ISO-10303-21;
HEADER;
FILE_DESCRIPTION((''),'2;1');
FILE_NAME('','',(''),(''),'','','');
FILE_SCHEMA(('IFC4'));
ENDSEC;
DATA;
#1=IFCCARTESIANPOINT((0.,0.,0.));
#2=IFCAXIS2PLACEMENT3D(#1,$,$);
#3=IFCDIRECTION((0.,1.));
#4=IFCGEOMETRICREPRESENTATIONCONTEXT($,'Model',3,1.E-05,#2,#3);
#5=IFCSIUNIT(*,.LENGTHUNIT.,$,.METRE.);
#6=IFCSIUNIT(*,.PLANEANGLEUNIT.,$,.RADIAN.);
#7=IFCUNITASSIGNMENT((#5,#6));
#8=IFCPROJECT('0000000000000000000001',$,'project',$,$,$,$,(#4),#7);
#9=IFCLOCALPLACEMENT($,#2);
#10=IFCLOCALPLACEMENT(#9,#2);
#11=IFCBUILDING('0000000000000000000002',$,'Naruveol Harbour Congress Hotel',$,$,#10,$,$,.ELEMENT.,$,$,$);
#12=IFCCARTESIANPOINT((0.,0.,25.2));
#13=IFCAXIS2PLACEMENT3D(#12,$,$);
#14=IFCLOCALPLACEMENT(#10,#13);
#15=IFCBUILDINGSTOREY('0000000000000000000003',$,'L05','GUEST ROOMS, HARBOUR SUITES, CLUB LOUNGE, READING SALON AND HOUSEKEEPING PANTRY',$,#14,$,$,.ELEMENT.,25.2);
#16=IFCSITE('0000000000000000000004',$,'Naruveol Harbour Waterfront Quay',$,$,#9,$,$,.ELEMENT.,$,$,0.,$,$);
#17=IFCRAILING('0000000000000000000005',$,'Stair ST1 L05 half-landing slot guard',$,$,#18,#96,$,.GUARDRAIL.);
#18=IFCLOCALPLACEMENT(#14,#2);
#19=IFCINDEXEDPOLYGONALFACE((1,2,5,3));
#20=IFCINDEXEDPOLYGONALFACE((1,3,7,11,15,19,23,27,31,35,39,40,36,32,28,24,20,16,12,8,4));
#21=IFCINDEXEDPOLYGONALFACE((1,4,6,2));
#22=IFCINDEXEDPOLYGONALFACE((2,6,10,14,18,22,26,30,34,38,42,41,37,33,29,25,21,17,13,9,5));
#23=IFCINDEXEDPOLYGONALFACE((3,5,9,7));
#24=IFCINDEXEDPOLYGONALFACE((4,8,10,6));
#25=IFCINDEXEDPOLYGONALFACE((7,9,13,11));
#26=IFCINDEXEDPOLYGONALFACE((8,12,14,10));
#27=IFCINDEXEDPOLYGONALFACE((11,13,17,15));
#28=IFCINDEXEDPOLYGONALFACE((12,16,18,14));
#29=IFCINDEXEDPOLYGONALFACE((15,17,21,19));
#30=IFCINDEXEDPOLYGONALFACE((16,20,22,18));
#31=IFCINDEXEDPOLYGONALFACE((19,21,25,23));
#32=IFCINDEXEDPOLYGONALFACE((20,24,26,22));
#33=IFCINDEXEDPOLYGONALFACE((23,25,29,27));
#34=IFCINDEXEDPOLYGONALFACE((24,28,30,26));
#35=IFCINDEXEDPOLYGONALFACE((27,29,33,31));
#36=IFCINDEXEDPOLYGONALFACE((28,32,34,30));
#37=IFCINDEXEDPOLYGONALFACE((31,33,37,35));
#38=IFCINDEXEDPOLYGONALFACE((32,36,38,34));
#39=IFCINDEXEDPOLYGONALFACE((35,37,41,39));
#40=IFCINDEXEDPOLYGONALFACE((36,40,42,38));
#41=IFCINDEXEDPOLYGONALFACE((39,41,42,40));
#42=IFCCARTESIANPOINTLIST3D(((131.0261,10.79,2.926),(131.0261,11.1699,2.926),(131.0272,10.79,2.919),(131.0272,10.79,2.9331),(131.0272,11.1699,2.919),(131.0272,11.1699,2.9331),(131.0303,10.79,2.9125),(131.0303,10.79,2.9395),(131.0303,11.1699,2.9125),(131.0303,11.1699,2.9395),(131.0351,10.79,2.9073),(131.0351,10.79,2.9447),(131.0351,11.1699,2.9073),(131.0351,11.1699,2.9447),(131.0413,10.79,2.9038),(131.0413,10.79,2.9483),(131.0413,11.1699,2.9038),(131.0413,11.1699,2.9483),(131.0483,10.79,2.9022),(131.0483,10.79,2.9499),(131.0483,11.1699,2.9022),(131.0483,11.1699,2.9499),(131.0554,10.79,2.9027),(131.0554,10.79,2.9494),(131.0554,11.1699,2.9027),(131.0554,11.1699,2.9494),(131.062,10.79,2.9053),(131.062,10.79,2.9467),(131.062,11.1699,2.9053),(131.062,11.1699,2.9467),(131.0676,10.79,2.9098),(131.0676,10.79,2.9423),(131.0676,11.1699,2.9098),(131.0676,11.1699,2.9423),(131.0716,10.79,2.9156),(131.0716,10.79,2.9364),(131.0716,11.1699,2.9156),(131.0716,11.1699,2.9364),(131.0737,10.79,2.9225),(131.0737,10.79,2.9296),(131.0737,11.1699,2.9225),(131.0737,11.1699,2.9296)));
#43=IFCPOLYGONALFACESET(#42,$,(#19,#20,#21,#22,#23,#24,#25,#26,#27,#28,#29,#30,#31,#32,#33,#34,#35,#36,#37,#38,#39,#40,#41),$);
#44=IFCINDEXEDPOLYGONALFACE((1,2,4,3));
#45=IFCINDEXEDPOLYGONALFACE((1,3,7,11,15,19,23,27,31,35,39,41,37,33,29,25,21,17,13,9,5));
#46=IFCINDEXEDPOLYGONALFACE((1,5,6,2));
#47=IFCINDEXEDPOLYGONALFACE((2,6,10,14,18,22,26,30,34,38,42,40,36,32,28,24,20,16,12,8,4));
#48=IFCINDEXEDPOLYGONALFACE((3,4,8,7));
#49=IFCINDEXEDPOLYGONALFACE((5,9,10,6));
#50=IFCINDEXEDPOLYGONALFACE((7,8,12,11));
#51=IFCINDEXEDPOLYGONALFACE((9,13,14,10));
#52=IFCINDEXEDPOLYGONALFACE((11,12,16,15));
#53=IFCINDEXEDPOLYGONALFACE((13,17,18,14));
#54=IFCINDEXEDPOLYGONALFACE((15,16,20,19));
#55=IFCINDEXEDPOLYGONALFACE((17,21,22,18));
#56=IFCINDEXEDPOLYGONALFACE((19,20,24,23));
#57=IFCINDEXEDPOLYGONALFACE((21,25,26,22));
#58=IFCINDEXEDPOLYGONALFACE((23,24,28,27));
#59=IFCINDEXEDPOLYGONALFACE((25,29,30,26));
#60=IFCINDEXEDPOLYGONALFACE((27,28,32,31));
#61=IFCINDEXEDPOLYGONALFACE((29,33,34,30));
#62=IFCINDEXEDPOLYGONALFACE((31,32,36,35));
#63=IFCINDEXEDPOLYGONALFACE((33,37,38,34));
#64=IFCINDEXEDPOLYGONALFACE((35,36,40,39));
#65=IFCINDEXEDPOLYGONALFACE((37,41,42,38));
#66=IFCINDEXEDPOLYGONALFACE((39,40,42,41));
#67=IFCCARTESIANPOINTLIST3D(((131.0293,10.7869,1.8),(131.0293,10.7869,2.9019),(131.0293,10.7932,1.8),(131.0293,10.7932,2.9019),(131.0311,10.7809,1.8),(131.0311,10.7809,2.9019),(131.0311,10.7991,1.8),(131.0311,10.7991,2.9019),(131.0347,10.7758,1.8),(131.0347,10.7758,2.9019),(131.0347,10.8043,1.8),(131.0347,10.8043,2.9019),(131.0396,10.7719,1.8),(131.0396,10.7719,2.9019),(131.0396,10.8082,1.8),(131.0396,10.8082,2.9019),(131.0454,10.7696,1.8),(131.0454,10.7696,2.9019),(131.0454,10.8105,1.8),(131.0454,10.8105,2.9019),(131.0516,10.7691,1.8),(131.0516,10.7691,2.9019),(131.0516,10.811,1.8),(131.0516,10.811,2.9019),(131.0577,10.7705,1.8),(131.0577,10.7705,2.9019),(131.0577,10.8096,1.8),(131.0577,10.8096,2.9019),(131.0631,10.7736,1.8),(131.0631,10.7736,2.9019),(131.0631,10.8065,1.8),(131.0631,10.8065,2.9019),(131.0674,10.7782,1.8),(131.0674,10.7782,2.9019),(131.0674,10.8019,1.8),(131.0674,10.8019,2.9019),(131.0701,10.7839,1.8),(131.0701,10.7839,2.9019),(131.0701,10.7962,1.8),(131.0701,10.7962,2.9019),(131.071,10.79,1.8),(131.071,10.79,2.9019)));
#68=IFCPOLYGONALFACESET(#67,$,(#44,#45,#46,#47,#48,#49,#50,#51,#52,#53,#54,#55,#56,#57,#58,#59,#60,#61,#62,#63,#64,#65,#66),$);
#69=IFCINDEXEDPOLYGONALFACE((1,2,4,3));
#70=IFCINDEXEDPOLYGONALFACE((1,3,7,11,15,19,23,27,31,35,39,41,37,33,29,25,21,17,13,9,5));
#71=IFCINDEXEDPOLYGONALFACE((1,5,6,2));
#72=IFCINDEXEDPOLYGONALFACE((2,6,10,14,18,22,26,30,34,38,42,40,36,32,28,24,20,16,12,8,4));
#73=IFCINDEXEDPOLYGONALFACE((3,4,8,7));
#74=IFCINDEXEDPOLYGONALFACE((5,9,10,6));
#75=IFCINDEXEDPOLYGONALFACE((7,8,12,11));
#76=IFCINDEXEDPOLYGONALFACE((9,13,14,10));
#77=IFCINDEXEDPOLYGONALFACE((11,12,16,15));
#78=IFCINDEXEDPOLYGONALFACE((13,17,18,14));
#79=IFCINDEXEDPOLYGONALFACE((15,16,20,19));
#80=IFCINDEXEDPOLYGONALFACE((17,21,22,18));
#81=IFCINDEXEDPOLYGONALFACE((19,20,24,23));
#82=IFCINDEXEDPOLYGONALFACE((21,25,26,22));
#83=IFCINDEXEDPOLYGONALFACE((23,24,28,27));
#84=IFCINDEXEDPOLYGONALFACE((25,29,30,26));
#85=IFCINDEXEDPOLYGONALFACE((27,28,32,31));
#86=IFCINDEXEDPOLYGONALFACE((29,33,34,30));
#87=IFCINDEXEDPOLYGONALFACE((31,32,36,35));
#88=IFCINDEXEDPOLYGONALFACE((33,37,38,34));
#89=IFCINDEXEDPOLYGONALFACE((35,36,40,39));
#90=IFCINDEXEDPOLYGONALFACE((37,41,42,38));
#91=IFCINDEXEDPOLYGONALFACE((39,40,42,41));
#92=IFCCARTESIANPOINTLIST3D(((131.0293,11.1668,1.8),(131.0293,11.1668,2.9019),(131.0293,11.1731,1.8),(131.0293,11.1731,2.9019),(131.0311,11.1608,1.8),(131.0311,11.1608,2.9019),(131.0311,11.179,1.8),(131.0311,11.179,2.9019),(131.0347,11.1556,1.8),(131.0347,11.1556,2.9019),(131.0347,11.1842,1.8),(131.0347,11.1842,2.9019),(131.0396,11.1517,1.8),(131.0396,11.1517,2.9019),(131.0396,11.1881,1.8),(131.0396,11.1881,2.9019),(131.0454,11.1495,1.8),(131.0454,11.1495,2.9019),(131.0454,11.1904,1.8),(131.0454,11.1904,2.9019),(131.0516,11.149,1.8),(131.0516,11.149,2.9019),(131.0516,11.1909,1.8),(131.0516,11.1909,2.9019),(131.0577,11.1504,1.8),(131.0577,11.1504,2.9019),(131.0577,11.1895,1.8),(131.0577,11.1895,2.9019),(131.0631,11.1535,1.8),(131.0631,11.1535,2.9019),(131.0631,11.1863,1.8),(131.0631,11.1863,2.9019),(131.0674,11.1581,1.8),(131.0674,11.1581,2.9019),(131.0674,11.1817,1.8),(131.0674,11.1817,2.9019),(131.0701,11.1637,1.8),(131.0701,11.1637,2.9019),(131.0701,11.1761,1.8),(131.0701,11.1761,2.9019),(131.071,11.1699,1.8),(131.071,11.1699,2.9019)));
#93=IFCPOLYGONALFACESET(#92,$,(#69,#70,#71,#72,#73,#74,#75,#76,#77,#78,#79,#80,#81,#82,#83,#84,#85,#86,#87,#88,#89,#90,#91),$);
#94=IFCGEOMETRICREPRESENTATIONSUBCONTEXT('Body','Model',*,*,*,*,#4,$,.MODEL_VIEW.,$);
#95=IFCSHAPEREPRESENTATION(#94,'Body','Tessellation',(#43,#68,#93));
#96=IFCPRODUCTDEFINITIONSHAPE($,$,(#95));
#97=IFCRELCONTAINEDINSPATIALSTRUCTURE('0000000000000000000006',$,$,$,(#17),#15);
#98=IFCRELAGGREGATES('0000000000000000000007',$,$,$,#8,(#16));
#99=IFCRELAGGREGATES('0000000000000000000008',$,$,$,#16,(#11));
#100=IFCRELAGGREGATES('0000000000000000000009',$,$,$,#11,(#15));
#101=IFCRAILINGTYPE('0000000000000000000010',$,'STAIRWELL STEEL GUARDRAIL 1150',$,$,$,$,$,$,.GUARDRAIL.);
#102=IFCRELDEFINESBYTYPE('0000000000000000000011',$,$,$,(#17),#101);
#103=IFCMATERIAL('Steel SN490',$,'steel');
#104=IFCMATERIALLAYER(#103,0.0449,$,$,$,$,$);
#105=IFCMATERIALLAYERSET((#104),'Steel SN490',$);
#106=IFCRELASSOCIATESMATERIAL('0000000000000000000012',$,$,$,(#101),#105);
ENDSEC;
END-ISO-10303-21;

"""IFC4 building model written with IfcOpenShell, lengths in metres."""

from ifc_helpers import new_model, si_unit, direction, frame, origin, origin_2d, place, context, subcontext, project, spatial, circle, extrude, material, layer, layer_set, type_object, element, save


model = new_model("IFC4")

# Units and contexts
model_context = context("Model", 3, precision=1e-05, world=origin(), true_north=direction((0.0, 1.0)))
body_context = subcontext(model_context, "Body", "Model", "MODEL_VIEW")
ifc_project = project(units=[si_unit("LENGTHUNIT", "METRE"), si_unit("PLANEANGLEUNIT", "RADIAN")], contexts=[model_context])

# Site, building, storey
site_placement = place(None, origin())
site = spatial("IfcSite", under=ifc_project, at=site_placement, Name="Naruveol Harbour Waterfront Quay", CompositionType="ELEMENT", RefElevation=0.0)
building_placement = place(site_placement, origin())
building = spatial("IfcBuilding", under=site, at=building_placement, Name="Naruveol Harbour Congress Hotel", CompositionType="ELEMENT")
storey_placement = place(building_placement, frame((0.0, 0.0, 25.2)))
storey = spatial("IfcBuildingStorey", under=building, at=storey_placement, Name="L05", Description="GUEST ROOMS, HARBOUR SUITES, CLUB LOUNGE, READING SALON AND HOUSEKEEPING PANTRY", CompositionType="ELEMENT", Elevation=25.2)

# Railing
ifc_material_1 = material(Name="Steel SN490", Category="steel")
ifc_layer_1 = layer(ifc_material_1, 0.0449)
ifc_layer_set_1 = layer_set([ifc_layer_1], Name="Steel SN490")
railing_type_1 = type_object("IfcRailingType", Name="STAIRWELL STEEL GUARDRAIL 1150", PredefinedType="GUARDRAIL", material=ifc_layer_set_1)
railing_1_placement = place(storey_placement, frame((131.05, 10.79, 1.8)))
element("IfcRailing", 1, at=railing_1_placement, inside=storey, type_object=railing_type_1, Name="Stair ST1 L05 half-landing slot guard", PredefinedType="GUARDRAIL", context=body_context, shape_type="SweptSolid", body=[
    extrude(circle(Radius=0.0239, at=origin_2d()), frame((0.0, 0.0, 1.126), z_axis=(0.0, 1.0, 0.0), x_axis=(-1.0, 0.0, 0.0)), (0.0, 0.0, 1.0), 0.3799),
    extrude(circle(Radius=0.021, at=origin_2d()), origin(), (0.0, 0.0, 1.0), 1.1018),
    extrude(circle(Radius=0.021, at=origin_2d()), frame((0.0, 0.3799, 0.0)), (0.0, 0.0, 1.0), 1.1018),
])

save(model, "model.ifc")
